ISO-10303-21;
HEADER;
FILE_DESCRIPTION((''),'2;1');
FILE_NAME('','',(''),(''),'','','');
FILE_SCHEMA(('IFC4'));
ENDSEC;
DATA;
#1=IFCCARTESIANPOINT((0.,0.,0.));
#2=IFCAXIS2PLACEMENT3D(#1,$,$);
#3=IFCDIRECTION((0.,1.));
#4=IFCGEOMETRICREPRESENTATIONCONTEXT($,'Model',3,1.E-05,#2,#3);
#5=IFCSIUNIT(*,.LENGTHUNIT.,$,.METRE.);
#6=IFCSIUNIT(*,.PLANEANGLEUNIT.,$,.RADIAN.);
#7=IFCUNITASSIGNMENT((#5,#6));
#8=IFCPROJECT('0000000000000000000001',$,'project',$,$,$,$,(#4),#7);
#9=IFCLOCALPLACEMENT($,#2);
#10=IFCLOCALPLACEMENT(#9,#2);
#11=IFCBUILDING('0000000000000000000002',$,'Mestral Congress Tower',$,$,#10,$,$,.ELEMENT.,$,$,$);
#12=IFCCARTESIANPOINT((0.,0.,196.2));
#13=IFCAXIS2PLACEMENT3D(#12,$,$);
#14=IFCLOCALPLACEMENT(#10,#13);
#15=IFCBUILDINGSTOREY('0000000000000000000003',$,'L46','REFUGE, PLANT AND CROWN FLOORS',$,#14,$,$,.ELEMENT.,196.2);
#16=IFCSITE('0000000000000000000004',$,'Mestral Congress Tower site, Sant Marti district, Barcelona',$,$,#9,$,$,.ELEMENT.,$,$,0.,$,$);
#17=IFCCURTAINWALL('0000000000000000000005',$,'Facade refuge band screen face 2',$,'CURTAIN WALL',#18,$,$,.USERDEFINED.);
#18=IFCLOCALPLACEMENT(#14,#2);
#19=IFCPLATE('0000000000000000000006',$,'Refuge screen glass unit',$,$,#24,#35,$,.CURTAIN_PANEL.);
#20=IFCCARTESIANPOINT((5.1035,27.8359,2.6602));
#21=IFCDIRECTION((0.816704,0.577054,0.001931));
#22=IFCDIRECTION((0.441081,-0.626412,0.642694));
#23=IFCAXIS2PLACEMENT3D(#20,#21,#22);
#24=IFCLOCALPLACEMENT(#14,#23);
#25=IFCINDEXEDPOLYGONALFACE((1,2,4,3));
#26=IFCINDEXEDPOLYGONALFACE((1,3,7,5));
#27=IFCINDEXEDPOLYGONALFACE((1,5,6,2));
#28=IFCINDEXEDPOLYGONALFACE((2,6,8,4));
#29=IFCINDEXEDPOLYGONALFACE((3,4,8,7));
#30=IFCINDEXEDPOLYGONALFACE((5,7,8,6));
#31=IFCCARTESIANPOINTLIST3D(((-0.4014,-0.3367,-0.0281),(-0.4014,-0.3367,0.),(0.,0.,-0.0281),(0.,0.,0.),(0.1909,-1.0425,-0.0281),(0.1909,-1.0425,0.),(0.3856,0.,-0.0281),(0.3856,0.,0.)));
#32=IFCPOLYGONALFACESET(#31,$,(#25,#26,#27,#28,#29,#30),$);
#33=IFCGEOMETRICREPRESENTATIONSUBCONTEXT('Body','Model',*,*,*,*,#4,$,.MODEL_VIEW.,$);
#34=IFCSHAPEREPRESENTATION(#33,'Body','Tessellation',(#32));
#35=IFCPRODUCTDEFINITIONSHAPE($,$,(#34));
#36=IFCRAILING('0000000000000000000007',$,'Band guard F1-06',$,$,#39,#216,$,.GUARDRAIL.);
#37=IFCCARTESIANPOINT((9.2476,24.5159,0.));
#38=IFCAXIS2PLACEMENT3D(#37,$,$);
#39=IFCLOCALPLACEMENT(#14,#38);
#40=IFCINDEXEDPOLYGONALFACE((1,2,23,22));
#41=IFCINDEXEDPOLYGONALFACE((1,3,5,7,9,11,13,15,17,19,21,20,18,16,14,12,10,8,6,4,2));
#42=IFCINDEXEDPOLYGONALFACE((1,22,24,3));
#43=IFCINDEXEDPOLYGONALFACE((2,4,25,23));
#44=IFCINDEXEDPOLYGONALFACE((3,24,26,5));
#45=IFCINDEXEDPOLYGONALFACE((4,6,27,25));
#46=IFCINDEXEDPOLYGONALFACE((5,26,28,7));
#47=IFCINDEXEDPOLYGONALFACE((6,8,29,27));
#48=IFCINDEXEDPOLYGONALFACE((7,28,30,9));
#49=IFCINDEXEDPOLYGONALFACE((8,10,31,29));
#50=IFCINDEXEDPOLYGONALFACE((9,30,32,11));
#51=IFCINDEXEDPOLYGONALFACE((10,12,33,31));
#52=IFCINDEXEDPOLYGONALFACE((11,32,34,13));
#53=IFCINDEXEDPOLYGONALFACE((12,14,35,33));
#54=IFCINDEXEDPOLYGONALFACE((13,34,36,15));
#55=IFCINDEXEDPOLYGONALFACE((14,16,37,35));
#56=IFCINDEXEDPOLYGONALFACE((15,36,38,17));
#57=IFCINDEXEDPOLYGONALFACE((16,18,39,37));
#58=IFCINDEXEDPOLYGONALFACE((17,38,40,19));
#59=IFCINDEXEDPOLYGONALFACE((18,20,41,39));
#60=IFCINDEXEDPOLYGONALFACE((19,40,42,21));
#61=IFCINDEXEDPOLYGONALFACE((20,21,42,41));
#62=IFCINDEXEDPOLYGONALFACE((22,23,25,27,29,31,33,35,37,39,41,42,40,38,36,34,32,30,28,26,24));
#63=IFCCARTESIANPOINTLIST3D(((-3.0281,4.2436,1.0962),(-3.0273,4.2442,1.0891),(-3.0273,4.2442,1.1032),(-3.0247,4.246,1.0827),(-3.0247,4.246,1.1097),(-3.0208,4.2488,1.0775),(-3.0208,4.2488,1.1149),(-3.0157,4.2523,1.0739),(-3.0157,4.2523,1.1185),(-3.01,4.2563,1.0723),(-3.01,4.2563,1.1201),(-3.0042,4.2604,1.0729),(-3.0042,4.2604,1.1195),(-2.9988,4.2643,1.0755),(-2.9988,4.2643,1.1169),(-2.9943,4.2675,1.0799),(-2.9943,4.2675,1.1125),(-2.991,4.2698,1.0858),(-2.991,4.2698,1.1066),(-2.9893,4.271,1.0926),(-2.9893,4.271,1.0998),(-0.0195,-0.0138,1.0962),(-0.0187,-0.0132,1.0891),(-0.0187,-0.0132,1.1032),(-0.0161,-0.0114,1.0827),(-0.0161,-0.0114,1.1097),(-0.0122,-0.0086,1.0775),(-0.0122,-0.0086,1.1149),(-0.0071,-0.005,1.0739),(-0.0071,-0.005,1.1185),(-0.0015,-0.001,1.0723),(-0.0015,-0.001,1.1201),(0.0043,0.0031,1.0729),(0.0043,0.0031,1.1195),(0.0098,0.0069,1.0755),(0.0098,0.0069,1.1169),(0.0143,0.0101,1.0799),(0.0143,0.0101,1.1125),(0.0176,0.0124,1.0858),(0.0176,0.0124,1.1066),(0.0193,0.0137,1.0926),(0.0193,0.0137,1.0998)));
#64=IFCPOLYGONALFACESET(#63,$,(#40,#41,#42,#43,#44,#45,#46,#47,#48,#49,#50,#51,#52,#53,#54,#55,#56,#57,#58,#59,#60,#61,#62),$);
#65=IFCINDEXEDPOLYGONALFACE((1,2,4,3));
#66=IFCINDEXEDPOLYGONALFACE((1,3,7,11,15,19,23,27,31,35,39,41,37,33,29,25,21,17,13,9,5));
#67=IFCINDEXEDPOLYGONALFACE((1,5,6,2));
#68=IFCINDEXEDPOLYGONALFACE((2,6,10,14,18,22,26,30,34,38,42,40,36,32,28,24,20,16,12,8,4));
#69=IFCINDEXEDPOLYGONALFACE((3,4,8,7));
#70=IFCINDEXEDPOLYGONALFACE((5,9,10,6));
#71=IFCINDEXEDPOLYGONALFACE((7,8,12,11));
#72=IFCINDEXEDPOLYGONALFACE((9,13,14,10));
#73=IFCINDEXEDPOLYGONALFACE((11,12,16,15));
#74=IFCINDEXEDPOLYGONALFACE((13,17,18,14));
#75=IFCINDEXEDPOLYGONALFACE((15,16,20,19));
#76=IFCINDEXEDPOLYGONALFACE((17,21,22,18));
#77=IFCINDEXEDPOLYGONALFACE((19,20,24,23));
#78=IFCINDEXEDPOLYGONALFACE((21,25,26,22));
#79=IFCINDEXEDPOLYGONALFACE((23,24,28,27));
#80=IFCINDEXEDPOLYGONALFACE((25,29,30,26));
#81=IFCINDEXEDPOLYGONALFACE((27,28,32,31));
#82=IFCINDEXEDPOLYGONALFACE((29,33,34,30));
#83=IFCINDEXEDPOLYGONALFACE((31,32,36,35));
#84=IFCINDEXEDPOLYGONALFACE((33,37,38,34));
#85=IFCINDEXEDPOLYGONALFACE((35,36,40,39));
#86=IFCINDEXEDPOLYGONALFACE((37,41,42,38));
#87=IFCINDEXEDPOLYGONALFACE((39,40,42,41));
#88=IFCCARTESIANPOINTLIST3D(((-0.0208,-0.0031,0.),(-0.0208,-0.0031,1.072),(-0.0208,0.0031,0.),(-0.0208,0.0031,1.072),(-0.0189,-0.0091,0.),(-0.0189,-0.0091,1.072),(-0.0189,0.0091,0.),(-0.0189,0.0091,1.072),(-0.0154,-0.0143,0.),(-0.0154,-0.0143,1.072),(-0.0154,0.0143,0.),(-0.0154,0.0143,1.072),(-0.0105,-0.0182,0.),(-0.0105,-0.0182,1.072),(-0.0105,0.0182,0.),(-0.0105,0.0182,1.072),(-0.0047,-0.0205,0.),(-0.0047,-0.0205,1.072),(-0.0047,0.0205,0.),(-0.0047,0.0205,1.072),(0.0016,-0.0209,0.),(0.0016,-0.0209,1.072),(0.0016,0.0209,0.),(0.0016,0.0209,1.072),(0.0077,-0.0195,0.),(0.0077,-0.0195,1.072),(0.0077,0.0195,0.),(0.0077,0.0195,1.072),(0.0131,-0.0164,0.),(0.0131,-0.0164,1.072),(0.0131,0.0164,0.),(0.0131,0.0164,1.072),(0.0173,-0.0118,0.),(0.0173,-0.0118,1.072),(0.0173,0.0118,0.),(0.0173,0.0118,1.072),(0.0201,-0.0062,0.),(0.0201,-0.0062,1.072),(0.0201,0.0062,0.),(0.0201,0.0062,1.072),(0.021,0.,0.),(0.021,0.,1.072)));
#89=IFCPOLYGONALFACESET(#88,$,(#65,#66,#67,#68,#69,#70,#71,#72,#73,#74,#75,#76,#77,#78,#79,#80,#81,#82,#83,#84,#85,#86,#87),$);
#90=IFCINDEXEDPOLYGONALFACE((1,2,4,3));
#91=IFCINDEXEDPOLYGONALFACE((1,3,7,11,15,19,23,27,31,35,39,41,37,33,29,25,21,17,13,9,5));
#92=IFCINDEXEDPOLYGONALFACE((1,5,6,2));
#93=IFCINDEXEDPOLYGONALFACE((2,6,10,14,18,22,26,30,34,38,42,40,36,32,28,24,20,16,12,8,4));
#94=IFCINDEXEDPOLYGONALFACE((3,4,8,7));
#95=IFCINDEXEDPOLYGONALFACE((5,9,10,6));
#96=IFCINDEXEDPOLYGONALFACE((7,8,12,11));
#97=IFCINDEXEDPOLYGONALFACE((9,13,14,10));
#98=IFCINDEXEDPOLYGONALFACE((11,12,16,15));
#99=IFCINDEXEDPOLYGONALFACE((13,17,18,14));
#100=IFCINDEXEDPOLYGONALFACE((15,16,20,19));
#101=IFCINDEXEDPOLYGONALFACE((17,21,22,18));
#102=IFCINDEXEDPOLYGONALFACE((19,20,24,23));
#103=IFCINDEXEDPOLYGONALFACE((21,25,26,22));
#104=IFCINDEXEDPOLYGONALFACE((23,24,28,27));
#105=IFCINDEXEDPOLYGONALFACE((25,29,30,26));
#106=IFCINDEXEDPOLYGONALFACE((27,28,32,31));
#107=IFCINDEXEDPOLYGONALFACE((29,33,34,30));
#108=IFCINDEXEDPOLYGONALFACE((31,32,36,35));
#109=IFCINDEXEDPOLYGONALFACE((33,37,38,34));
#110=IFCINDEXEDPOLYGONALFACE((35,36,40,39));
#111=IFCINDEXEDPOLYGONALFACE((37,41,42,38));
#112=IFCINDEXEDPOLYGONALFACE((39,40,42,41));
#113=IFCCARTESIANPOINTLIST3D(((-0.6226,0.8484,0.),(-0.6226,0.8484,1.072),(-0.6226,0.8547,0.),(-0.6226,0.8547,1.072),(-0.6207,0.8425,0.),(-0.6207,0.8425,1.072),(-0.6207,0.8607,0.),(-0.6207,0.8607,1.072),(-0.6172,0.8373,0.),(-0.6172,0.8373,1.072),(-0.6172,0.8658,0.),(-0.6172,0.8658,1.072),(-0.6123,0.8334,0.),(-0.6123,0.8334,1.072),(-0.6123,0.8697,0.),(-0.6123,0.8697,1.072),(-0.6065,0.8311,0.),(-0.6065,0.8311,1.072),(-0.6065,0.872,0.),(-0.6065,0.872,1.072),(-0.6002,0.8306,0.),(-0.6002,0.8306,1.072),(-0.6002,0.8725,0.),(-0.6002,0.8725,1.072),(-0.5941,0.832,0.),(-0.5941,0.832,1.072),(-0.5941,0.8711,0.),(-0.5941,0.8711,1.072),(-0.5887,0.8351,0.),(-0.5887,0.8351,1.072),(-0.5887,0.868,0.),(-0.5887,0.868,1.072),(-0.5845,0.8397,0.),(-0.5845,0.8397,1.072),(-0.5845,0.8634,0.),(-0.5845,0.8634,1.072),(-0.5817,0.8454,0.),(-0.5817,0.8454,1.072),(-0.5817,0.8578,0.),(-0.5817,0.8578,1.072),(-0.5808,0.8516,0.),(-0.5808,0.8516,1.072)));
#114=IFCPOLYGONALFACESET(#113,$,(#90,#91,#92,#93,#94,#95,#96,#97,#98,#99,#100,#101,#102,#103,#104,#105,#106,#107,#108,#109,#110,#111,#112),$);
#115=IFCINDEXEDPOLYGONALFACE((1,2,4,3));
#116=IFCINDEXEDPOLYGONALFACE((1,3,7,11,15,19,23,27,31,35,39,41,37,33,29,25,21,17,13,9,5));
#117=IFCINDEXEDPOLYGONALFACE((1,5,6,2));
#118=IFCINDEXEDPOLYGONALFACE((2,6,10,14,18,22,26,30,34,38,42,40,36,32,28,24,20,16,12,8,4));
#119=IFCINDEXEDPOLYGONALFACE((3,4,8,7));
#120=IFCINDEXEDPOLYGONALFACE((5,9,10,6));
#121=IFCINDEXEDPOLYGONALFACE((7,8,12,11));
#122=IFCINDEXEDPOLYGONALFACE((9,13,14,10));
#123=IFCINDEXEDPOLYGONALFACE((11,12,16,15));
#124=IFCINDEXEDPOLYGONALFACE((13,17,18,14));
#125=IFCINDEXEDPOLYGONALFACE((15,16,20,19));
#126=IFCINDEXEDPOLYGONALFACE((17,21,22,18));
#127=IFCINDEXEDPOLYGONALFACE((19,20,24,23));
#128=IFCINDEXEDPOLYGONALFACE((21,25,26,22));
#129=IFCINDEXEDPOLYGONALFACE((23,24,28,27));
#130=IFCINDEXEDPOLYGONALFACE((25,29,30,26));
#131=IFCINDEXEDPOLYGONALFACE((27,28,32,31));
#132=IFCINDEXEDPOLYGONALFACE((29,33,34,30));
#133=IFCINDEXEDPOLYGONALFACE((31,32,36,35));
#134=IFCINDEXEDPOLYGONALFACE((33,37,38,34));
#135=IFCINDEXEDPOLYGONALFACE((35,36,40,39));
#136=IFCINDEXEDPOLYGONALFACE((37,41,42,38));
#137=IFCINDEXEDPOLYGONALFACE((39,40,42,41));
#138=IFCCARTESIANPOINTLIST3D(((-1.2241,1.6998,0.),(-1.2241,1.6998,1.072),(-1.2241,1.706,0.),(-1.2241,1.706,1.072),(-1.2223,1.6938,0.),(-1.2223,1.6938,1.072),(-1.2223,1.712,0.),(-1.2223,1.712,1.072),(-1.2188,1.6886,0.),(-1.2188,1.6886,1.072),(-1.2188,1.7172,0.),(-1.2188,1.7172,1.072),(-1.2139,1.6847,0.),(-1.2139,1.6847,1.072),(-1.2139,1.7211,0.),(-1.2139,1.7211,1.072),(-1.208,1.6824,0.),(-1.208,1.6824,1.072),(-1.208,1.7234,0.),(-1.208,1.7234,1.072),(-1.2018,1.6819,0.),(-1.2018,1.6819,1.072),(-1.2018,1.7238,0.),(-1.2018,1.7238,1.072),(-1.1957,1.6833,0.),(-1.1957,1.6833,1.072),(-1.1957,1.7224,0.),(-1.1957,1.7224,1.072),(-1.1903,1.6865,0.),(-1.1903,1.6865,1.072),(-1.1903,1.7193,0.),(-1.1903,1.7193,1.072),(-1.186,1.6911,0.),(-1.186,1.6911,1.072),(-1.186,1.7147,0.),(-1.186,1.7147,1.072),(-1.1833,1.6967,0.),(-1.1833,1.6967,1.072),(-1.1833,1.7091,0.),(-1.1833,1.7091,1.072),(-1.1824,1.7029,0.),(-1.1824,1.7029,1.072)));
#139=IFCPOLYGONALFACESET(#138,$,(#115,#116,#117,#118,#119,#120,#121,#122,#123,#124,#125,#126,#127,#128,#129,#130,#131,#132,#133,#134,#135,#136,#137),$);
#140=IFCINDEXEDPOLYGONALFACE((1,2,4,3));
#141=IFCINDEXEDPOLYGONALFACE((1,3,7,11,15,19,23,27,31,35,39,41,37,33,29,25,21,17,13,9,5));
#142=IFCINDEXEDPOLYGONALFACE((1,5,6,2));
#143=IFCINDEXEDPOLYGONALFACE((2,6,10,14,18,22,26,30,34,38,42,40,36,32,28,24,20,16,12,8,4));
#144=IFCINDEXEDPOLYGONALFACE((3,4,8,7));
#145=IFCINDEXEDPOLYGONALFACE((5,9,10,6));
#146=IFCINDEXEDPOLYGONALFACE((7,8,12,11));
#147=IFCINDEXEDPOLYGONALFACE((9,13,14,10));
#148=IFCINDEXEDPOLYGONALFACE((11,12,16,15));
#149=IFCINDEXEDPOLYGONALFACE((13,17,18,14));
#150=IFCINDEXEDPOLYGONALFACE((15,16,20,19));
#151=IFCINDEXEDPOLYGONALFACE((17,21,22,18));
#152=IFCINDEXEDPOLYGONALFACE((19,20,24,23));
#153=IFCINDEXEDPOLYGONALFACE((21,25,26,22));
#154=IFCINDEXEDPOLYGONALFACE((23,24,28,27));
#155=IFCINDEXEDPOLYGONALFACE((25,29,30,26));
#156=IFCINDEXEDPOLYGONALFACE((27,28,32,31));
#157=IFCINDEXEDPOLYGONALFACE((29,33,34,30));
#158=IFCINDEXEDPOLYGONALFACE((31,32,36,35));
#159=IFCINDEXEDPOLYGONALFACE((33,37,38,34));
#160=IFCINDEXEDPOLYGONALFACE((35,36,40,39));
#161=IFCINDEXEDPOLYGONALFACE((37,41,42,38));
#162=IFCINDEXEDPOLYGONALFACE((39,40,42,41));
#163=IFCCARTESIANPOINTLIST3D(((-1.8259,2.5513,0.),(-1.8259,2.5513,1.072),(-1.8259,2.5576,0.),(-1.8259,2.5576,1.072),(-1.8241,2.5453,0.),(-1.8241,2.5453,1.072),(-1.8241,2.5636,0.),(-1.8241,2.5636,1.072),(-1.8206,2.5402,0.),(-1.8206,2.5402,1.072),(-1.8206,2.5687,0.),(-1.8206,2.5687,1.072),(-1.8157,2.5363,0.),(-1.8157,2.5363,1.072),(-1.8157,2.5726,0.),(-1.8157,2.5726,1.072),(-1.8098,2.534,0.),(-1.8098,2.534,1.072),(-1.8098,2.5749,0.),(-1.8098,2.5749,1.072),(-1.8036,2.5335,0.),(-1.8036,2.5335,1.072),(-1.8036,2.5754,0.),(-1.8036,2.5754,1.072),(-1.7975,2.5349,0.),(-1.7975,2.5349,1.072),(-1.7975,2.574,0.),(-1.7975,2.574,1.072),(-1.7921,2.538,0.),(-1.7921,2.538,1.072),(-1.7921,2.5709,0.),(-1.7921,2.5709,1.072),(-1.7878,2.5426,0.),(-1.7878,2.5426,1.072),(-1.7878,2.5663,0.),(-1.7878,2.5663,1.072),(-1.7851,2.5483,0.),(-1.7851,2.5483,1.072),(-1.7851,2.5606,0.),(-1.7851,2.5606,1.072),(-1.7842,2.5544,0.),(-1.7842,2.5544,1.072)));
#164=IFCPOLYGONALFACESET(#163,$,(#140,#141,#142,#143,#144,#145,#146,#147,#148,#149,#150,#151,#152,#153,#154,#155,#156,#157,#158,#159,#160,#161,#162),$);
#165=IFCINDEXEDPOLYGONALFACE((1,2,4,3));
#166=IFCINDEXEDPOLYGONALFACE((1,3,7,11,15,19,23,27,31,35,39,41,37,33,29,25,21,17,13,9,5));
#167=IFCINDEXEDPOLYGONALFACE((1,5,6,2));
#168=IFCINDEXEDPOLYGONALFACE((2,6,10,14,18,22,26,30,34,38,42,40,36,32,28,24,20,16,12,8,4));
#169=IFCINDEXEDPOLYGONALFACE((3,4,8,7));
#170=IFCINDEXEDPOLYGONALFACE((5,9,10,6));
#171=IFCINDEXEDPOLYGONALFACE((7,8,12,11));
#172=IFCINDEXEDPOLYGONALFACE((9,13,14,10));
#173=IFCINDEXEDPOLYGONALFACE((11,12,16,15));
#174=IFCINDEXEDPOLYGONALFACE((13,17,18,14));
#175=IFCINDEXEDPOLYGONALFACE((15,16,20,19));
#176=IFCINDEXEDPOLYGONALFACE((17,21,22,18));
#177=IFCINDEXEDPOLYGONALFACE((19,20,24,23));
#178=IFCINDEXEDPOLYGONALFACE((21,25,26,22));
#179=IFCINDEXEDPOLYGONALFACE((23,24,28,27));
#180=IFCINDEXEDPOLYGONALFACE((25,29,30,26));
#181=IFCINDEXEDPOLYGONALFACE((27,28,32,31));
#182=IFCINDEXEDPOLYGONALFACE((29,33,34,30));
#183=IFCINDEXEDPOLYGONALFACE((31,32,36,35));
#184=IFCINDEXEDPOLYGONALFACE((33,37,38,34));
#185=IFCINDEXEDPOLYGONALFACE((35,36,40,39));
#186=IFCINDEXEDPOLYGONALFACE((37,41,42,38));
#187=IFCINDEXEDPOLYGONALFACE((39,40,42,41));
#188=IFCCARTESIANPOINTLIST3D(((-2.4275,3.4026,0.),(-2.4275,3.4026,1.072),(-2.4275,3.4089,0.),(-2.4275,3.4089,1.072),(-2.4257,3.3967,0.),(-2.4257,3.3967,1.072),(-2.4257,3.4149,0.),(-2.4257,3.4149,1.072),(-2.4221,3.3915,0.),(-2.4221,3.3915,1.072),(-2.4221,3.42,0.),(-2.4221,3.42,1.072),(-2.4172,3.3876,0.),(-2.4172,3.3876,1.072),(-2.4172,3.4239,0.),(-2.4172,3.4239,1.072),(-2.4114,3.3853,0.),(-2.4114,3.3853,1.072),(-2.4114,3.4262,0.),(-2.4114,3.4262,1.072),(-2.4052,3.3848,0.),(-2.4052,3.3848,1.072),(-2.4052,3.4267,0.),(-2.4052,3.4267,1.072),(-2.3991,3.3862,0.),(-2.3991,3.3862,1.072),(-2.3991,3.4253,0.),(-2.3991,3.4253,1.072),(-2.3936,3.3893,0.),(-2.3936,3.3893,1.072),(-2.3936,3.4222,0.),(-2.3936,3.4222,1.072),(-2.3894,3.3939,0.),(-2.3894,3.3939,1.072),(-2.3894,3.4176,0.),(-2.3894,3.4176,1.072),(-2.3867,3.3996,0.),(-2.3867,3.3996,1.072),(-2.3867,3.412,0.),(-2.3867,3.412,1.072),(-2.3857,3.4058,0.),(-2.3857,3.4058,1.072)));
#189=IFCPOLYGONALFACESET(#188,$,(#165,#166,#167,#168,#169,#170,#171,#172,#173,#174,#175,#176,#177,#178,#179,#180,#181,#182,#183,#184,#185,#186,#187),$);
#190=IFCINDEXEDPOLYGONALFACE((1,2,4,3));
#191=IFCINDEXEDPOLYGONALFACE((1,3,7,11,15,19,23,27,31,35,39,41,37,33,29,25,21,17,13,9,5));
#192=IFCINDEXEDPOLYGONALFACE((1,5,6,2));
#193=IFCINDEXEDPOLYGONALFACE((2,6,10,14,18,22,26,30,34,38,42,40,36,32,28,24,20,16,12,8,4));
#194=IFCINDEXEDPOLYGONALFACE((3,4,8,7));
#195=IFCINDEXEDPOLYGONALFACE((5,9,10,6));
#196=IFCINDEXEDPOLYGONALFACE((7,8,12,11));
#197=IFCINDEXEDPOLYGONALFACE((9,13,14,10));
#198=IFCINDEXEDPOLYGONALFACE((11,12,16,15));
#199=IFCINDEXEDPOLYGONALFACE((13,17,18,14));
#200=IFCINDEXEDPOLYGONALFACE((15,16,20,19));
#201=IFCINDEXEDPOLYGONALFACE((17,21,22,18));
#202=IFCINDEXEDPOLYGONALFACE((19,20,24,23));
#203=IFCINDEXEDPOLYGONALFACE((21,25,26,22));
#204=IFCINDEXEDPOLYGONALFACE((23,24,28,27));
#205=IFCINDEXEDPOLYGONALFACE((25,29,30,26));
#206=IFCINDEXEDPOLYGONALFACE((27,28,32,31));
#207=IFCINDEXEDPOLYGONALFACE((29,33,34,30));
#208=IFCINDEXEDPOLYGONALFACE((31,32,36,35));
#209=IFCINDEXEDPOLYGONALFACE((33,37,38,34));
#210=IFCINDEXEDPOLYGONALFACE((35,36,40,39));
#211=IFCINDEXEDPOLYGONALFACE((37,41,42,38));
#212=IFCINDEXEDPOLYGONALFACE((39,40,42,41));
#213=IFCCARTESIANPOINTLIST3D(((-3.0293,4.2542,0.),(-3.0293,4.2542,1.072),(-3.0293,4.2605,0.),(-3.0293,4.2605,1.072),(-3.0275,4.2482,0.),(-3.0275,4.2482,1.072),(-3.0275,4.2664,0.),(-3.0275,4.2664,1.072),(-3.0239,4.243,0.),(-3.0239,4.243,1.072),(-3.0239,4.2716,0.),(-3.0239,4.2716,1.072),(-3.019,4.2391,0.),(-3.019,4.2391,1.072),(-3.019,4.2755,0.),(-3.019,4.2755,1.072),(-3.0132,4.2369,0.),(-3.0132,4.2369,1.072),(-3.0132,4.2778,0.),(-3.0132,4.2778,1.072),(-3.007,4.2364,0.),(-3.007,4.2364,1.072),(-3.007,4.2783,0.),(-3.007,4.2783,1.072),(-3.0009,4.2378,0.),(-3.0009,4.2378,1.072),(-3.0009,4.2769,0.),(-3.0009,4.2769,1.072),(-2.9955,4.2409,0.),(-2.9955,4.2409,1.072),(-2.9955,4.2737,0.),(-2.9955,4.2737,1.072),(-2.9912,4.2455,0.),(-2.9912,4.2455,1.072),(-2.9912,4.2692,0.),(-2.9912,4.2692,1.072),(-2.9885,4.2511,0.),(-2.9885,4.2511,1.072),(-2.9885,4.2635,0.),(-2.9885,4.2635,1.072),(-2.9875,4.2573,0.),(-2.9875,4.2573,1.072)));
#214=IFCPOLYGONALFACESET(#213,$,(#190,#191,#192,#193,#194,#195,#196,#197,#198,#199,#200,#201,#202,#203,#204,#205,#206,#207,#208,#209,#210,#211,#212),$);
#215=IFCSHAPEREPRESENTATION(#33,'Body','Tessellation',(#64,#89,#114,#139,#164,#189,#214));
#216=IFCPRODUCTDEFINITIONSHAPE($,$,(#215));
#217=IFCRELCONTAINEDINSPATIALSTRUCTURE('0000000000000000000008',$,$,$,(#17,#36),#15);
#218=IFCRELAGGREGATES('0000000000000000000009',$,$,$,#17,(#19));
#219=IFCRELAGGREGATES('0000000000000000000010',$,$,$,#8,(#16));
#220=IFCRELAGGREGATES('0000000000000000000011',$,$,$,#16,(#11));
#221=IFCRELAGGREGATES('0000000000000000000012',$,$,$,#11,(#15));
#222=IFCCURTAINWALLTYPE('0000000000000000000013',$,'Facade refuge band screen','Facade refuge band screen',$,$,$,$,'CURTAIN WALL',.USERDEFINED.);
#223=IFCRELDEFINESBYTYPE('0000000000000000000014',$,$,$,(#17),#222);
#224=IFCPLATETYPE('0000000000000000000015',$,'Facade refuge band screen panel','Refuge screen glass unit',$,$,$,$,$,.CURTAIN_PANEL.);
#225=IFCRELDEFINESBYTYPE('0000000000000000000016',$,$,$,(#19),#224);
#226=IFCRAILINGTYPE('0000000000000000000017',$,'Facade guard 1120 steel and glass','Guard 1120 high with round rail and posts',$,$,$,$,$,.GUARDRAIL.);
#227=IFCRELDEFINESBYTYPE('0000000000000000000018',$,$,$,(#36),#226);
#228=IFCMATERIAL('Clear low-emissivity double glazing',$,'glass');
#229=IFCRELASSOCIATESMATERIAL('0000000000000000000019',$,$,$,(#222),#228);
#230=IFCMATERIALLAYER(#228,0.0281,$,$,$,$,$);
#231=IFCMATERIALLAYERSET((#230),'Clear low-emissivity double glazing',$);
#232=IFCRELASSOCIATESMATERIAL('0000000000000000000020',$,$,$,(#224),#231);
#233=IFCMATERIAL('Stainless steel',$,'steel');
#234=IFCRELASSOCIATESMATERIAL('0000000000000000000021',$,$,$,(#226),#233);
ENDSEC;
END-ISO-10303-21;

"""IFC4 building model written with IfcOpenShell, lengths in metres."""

from ifc_helpers import new_model, si_unit, direction, frame, origin, origin_2d, place, context, subcontext, project, spatial, polyline, circle, outline, extrude, material, layer, layer_set, type_object, element, aggregate, save


model = new_model("IFC4")

# Units and contexts
model_context = context("Model", 3, precision=1e-05, world=origin(), true_north=direction((0.0, 1.0)))
body_context = subcontext(model_context, "Body", "Model", "MODEL_VIEW")
ifc_project = project(units=[si_unit("LENGTHUNIT", "METRE"), si_unit("PLANEANGLEUNIT", "RADIAN")], contexts=[model_context])

# Site, building, storey
site_placement = place(None, origin())
site = spatial("IfcSite", under=ifc_project, at=site_placement, Name="Mestral Congress Tower site, Sant Marti district, Barcelona", CompositionType="ELEMENT", RefElevation=0.0)
building_placement = place(site_placement, origin())
building = spatial("IfcBuilding", under=site, at=building_placement, Name="Mestral Congress Tower", CompositionType="ELEMENT")
storey_placement = place(building_placement, frame((0.0, 0.0, 196.2)))
storey = spatial("IfcBuildingStorey", under=building, at=storey_placement, Name="L46", Description="REFUGE, PLANT AND CROWN FLOORS", CompositionType="ELEMENT", Elevation=196.2)

# Curtain wall
ifc_material_1 = material(Name="Clear low-emissivity double glazing", Category="glass")
curtain_wall_type = type_object("IfcCurtainWallType", Name="Facade refuge band screen", Description="Facade refuge band screen", ElementType="CURTAIN WALL", PredefinedType="USERDEFINED", material=ifc_material_1)
curtain_wall_placement = place(storey_placement, origin())
curtain_wall = element("IfcCurtainWall", 1, at=curtain_wall_placement, inside=storey, type_object=curtain_wall_type, Name="Facade refuge band screen face 2", ObjectType="CURTAIN WALL", PredefinedType="USERDEFINED")

# Plate
ifc_layer_1 = layer(ifc_material_1, 0.0281)
ifc_layer_set_1 = layer_set([ifc_layer_1], Name="Clear low-emissivity double glazing")
plate_type_1 = type_object("IfcPlateType", Name="Facade refuge band screen panel", Description="Refuge screen glass unit", PredefinedType="CURTAIN_PANEL", material=ifc_layer_set_1)
plate_1_placement = place(storey_placement, frame((5.1035, 27.8359, 2.6602), z_axis=(0.816704, 0.577054, 0.001931), x_axis=(0.441081, -0.626412, 0.642694)))
plate_1 = element("IfcPlate", 2, at=plate_1_placement, type_object=plate_type_1, Name="Refuge screen glass unit", PredefinedType="CURTAIN_PANEL", context=body_context, shape_type="SweptSolid", body=[
    extrude(outline(polyline([(0.0, 0.0), (0.3856, 0.0), (0.1909, -1.0425), (-0.4014, -0.3367), (0.0, 0.0)])), origin(), (0.0, 0.0, -1.0), 0.0281),
])

# Railing
ifc_material_2 = material(Name="Stainless steel", Category="steel")
railing_type = type_object("IfcRailingType", Name="Facade guard 1120 steel and glass", Description="Guard 1120 high with round rail and posts", PredefinedType="GUARDRAIL", material=ifc_material_2)
railing_1_placement = place(storey_placement, frame((9.2476, 24.5159, 0.0)))
element("IfcRailing", 3, at=railing_1_placement, inside=storey, type_object=railing_type, Name="Band guard F1-06", PredefinedType="GUARDRAIL", context=body_context, shape_type="SweptSolid", body=[
    extrude(circle(Radius=0.0239, at=origin_2d()), frame((0.0, 0.0, 1.0962), z_axis=(-0.577115, 0.816663, 0.0), x_axis=(-0.816663, -0.577115, 0.0)), (0.0, 0.0, 1.0), 5.2131),
    extrude(circle(Radius=0.021, at=origin_2d()), origin(), (0.0, 0.0, 1.0), 1.072),
    extrude(circle(Radius=0.021, at=origin_2d()), frame((-0.6018, 0.8516, 0.0)), (0.0, 0.0, 1.0), 1.072),
    extrude(circle(Radius=0.021, at=origin_2d()), frame((-1.2034, 1.7029, 0.0)), (0.0, 0.0, 1.0), 1.072),
    extrude(circle(Radius=0.021, at=origin_2d()), frame((-1.8052, 2.5544, 0.0)), (0.0, 0.0, 1.0), 1.072),
    extrude(circle(Radius=0.021, at=origin_2d()), frame((-2.4067, 3.4058, 0.0)), (0.0, 0.0, 1.0), 1.072),
    extrude(circle(Radius=0.021, at=origin_2d()), frame((-3.0085, 4.2573, 0.0)), (0.0, 0.0, 1.0), 1.072),
])

aggregate(curtain_wall, [plate_1])

save(model, "model.ifc")
